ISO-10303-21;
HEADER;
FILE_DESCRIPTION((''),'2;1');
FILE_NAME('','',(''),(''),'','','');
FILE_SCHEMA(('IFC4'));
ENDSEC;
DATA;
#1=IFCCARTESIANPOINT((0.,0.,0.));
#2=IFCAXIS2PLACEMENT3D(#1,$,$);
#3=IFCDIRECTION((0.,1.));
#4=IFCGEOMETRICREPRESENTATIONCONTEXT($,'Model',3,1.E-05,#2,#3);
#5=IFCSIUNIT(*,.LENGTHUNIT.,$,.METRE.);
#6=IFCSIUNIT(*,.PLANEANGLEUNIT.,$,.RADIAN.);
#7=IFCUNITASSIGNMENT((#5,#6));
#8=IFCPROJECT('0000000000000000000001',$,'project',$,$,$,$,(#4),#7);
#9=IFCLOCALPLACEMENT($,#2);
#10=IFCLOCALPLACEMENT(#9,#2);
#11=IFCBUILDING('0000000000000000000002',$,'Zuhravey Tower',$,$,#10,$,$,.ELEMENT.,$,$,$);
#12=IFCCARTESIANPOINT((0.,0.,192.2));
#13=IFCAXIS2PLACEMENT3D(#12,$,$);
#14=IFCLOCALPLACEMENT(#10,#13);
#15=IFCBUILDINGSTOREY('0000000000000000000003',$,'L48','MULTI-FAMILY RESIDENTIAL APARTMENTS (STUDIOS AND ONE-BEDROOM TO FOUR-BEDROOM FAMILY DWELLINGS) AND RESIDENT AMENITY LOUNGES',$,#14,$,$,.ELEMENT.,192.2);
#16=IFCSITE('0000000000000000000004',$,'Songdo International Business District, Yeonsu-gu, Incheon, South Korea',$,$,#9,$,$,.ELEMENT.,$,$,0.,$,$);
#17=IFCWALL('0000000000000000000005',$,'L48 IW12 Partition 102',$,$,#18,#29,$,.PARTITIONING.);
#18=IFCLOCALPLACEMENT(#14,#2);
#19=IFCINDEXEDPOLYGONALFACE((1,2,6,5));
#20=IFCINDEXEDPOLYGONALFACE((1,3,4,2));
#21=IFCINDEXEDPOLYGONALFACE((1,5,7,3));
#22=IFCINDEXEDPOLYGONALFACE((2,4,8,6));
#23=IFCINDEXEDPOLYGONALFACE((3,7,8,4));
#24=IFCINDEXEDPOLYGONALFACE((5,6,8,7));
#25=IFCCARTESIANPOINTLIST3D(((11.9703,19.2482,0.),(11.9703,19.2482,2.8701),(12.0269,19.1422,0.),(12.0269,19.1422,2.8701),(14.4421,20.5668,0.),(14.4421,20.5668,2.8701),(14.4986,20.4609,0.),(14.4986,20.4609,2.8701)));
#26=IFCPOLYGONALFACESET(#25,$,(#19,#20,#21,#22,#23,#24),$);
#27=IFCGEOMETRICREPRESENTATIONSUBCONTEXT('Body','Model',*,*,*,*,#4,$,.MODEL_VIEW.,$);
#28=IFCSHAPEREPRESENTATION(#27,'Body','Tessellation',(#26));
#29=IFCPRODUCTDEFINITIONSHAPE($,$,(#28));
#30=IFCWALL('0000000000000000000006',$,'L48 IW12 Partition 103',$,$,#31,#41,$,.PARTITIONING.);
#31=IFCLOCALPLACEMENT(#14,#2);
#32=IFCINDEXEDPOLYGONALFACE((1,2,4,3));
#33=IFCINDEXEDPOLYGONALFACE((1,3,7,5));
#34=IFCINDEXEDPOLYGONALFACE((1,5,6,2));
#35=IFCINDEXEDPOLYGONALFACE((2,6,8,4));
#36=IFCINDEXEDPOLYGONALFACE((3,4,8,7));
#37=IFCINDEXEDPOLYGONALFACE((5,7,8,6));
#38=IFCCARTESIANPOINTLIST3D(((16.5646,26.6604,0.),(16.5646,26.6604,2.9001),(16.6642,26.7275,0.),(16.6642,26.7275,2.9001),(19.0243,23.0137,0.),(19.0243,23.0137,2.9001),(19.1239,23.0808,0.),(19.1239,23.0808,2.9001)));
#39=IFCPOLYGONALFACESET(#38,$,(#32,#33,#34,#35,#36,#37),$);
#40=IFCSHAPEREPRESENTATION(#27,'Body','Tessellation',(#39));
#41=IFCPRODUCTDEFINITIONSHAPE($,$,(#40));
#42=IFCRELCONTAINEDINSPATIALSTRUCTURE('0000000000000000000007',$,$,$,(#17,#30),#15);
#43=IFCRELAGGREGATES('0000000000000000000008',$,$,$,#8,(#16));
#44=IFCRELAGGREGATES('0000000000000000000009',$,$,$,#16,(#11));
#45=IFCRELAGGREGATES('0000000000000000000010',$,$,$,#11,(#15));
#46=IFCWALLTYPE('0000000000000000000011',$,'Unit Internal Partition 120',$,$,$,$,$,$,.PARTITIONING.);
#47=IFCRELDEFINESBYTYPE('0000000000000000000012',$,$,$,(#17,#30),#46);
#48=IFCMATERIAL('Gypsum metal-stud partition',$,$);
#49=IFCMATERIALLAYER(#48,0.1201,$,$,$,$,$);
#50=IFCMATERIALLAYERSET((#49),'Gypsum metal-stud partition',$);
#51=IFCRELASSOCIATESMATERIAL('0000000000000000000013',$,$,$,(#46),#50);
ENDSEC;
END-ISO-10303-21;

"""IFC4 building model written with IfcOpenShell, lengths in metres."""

from ifc_helpers import new_model, si_unit, direction, frame, frame_2d, origin, place, context, subcontext, project, spatial, rectangle, extrude, material, layer, layer_set, type_object, element, save


model = new_model("IFC4")

# Units and contexts
model_context = context("Model", 3, precision=1e-05, world=origin(), true_north=direction((0.0, 1.0)))
body_context = subcontext(model_context, "Body", "Model", "MODEL_VIEW")
ifc_project = project(units=[si_unit("LENGTHUNIT", "METRE"), si_unit("PLANEANGLEUNIT", "RADIAN")], contexts=[model_context])

# Site, building, storey
site_placement = place(None, origin())
site = spatial("IfcSite", under=ifc_project, at=site_placement, Name="Songdo International Business District, Yeonsu-gu, Incheon, South Korea", CompositionType="ELEMENT", RefElevation=0.0)
building_placement = place(site_placement, origin())
building = spatial("IfcBuilding", under=site, at=building_placement, Name="Zuhravey Tower", CompositionType="ELEMENT")
storey_placement = place(building_placement, frame((0.0, 0.0, 192.2)))
storey = spatial("IfcBuildingStorey", under=building, at=storey_placement, Name="L48", Description="MULTI-FAMILY RESIDENTIAL APARTMENTS (STUDIOS AND ONE-BEDROOM TO FOUR-BEDROOM FAMILY DWELLINGS) AND RESIDENT AMENITY LOUNGES", CompositionType="ELEMENT", Elevation=192.2)

# Shared definitions
ifc_material_1 = material(Name="Gypsum metal-stud partition")
ifc_layer_1 = layer(ifc_material_1, 0.1201)
ifc_layer_set_1 = layer_set([ifc_layer_1], Name="Gypsum metal-stud partition")
wall_type_1 = type_object("IfcWallType", Name="Unit Internal Partition 120", PredefinedType="PARTITIONING", material=ifc_layer_set_1)

# Walls
wall_1_placement = place(storey_placement, frame((14.4705, 20.5139, 0.0), z_axis=(0.0, 0.0, 1.0), x_axis=(-0.882297, -0.470692, 0.0)))
element("IfcWall", 1, at=wall_1_placement, inside=storey, type_object=wall_type_1, Name="L48 IW12 Partition 102", PredefinedType="PARTITIONING", context=body_context, shape_type="SweptSolid", body=[
    extrude(rectangle(XDim=2.8015, YDim=0.1201, at=frame_2d((1.4009, 0.0))), origin(), (0.0, 0.0, 1.0), 2.8701),
])
wall_2_placement = place(storey_placement, frame((16.6145, 26.6938, 0.0), z_axis=(0.0, 0.0, 1.0), x_axis=(0.559188, -0.829041, 0.0)))
element("IfcWall", 2, at=wall_2_placement, inside=storey, type_object=wall_type_1, Name="L48 IW12 Partition 103", PredefinedType="PARTITIONING", context=body_context, shape_type="SweptSolid", body=[
    extrude(rectangle(XDim=4.3987, YDim=0.1201, at=frame_2d((2.1992, 0.0))), origin(), (0.0, 0.0, 1.0), 2.9001),
])

save(model, "model.ifc")
